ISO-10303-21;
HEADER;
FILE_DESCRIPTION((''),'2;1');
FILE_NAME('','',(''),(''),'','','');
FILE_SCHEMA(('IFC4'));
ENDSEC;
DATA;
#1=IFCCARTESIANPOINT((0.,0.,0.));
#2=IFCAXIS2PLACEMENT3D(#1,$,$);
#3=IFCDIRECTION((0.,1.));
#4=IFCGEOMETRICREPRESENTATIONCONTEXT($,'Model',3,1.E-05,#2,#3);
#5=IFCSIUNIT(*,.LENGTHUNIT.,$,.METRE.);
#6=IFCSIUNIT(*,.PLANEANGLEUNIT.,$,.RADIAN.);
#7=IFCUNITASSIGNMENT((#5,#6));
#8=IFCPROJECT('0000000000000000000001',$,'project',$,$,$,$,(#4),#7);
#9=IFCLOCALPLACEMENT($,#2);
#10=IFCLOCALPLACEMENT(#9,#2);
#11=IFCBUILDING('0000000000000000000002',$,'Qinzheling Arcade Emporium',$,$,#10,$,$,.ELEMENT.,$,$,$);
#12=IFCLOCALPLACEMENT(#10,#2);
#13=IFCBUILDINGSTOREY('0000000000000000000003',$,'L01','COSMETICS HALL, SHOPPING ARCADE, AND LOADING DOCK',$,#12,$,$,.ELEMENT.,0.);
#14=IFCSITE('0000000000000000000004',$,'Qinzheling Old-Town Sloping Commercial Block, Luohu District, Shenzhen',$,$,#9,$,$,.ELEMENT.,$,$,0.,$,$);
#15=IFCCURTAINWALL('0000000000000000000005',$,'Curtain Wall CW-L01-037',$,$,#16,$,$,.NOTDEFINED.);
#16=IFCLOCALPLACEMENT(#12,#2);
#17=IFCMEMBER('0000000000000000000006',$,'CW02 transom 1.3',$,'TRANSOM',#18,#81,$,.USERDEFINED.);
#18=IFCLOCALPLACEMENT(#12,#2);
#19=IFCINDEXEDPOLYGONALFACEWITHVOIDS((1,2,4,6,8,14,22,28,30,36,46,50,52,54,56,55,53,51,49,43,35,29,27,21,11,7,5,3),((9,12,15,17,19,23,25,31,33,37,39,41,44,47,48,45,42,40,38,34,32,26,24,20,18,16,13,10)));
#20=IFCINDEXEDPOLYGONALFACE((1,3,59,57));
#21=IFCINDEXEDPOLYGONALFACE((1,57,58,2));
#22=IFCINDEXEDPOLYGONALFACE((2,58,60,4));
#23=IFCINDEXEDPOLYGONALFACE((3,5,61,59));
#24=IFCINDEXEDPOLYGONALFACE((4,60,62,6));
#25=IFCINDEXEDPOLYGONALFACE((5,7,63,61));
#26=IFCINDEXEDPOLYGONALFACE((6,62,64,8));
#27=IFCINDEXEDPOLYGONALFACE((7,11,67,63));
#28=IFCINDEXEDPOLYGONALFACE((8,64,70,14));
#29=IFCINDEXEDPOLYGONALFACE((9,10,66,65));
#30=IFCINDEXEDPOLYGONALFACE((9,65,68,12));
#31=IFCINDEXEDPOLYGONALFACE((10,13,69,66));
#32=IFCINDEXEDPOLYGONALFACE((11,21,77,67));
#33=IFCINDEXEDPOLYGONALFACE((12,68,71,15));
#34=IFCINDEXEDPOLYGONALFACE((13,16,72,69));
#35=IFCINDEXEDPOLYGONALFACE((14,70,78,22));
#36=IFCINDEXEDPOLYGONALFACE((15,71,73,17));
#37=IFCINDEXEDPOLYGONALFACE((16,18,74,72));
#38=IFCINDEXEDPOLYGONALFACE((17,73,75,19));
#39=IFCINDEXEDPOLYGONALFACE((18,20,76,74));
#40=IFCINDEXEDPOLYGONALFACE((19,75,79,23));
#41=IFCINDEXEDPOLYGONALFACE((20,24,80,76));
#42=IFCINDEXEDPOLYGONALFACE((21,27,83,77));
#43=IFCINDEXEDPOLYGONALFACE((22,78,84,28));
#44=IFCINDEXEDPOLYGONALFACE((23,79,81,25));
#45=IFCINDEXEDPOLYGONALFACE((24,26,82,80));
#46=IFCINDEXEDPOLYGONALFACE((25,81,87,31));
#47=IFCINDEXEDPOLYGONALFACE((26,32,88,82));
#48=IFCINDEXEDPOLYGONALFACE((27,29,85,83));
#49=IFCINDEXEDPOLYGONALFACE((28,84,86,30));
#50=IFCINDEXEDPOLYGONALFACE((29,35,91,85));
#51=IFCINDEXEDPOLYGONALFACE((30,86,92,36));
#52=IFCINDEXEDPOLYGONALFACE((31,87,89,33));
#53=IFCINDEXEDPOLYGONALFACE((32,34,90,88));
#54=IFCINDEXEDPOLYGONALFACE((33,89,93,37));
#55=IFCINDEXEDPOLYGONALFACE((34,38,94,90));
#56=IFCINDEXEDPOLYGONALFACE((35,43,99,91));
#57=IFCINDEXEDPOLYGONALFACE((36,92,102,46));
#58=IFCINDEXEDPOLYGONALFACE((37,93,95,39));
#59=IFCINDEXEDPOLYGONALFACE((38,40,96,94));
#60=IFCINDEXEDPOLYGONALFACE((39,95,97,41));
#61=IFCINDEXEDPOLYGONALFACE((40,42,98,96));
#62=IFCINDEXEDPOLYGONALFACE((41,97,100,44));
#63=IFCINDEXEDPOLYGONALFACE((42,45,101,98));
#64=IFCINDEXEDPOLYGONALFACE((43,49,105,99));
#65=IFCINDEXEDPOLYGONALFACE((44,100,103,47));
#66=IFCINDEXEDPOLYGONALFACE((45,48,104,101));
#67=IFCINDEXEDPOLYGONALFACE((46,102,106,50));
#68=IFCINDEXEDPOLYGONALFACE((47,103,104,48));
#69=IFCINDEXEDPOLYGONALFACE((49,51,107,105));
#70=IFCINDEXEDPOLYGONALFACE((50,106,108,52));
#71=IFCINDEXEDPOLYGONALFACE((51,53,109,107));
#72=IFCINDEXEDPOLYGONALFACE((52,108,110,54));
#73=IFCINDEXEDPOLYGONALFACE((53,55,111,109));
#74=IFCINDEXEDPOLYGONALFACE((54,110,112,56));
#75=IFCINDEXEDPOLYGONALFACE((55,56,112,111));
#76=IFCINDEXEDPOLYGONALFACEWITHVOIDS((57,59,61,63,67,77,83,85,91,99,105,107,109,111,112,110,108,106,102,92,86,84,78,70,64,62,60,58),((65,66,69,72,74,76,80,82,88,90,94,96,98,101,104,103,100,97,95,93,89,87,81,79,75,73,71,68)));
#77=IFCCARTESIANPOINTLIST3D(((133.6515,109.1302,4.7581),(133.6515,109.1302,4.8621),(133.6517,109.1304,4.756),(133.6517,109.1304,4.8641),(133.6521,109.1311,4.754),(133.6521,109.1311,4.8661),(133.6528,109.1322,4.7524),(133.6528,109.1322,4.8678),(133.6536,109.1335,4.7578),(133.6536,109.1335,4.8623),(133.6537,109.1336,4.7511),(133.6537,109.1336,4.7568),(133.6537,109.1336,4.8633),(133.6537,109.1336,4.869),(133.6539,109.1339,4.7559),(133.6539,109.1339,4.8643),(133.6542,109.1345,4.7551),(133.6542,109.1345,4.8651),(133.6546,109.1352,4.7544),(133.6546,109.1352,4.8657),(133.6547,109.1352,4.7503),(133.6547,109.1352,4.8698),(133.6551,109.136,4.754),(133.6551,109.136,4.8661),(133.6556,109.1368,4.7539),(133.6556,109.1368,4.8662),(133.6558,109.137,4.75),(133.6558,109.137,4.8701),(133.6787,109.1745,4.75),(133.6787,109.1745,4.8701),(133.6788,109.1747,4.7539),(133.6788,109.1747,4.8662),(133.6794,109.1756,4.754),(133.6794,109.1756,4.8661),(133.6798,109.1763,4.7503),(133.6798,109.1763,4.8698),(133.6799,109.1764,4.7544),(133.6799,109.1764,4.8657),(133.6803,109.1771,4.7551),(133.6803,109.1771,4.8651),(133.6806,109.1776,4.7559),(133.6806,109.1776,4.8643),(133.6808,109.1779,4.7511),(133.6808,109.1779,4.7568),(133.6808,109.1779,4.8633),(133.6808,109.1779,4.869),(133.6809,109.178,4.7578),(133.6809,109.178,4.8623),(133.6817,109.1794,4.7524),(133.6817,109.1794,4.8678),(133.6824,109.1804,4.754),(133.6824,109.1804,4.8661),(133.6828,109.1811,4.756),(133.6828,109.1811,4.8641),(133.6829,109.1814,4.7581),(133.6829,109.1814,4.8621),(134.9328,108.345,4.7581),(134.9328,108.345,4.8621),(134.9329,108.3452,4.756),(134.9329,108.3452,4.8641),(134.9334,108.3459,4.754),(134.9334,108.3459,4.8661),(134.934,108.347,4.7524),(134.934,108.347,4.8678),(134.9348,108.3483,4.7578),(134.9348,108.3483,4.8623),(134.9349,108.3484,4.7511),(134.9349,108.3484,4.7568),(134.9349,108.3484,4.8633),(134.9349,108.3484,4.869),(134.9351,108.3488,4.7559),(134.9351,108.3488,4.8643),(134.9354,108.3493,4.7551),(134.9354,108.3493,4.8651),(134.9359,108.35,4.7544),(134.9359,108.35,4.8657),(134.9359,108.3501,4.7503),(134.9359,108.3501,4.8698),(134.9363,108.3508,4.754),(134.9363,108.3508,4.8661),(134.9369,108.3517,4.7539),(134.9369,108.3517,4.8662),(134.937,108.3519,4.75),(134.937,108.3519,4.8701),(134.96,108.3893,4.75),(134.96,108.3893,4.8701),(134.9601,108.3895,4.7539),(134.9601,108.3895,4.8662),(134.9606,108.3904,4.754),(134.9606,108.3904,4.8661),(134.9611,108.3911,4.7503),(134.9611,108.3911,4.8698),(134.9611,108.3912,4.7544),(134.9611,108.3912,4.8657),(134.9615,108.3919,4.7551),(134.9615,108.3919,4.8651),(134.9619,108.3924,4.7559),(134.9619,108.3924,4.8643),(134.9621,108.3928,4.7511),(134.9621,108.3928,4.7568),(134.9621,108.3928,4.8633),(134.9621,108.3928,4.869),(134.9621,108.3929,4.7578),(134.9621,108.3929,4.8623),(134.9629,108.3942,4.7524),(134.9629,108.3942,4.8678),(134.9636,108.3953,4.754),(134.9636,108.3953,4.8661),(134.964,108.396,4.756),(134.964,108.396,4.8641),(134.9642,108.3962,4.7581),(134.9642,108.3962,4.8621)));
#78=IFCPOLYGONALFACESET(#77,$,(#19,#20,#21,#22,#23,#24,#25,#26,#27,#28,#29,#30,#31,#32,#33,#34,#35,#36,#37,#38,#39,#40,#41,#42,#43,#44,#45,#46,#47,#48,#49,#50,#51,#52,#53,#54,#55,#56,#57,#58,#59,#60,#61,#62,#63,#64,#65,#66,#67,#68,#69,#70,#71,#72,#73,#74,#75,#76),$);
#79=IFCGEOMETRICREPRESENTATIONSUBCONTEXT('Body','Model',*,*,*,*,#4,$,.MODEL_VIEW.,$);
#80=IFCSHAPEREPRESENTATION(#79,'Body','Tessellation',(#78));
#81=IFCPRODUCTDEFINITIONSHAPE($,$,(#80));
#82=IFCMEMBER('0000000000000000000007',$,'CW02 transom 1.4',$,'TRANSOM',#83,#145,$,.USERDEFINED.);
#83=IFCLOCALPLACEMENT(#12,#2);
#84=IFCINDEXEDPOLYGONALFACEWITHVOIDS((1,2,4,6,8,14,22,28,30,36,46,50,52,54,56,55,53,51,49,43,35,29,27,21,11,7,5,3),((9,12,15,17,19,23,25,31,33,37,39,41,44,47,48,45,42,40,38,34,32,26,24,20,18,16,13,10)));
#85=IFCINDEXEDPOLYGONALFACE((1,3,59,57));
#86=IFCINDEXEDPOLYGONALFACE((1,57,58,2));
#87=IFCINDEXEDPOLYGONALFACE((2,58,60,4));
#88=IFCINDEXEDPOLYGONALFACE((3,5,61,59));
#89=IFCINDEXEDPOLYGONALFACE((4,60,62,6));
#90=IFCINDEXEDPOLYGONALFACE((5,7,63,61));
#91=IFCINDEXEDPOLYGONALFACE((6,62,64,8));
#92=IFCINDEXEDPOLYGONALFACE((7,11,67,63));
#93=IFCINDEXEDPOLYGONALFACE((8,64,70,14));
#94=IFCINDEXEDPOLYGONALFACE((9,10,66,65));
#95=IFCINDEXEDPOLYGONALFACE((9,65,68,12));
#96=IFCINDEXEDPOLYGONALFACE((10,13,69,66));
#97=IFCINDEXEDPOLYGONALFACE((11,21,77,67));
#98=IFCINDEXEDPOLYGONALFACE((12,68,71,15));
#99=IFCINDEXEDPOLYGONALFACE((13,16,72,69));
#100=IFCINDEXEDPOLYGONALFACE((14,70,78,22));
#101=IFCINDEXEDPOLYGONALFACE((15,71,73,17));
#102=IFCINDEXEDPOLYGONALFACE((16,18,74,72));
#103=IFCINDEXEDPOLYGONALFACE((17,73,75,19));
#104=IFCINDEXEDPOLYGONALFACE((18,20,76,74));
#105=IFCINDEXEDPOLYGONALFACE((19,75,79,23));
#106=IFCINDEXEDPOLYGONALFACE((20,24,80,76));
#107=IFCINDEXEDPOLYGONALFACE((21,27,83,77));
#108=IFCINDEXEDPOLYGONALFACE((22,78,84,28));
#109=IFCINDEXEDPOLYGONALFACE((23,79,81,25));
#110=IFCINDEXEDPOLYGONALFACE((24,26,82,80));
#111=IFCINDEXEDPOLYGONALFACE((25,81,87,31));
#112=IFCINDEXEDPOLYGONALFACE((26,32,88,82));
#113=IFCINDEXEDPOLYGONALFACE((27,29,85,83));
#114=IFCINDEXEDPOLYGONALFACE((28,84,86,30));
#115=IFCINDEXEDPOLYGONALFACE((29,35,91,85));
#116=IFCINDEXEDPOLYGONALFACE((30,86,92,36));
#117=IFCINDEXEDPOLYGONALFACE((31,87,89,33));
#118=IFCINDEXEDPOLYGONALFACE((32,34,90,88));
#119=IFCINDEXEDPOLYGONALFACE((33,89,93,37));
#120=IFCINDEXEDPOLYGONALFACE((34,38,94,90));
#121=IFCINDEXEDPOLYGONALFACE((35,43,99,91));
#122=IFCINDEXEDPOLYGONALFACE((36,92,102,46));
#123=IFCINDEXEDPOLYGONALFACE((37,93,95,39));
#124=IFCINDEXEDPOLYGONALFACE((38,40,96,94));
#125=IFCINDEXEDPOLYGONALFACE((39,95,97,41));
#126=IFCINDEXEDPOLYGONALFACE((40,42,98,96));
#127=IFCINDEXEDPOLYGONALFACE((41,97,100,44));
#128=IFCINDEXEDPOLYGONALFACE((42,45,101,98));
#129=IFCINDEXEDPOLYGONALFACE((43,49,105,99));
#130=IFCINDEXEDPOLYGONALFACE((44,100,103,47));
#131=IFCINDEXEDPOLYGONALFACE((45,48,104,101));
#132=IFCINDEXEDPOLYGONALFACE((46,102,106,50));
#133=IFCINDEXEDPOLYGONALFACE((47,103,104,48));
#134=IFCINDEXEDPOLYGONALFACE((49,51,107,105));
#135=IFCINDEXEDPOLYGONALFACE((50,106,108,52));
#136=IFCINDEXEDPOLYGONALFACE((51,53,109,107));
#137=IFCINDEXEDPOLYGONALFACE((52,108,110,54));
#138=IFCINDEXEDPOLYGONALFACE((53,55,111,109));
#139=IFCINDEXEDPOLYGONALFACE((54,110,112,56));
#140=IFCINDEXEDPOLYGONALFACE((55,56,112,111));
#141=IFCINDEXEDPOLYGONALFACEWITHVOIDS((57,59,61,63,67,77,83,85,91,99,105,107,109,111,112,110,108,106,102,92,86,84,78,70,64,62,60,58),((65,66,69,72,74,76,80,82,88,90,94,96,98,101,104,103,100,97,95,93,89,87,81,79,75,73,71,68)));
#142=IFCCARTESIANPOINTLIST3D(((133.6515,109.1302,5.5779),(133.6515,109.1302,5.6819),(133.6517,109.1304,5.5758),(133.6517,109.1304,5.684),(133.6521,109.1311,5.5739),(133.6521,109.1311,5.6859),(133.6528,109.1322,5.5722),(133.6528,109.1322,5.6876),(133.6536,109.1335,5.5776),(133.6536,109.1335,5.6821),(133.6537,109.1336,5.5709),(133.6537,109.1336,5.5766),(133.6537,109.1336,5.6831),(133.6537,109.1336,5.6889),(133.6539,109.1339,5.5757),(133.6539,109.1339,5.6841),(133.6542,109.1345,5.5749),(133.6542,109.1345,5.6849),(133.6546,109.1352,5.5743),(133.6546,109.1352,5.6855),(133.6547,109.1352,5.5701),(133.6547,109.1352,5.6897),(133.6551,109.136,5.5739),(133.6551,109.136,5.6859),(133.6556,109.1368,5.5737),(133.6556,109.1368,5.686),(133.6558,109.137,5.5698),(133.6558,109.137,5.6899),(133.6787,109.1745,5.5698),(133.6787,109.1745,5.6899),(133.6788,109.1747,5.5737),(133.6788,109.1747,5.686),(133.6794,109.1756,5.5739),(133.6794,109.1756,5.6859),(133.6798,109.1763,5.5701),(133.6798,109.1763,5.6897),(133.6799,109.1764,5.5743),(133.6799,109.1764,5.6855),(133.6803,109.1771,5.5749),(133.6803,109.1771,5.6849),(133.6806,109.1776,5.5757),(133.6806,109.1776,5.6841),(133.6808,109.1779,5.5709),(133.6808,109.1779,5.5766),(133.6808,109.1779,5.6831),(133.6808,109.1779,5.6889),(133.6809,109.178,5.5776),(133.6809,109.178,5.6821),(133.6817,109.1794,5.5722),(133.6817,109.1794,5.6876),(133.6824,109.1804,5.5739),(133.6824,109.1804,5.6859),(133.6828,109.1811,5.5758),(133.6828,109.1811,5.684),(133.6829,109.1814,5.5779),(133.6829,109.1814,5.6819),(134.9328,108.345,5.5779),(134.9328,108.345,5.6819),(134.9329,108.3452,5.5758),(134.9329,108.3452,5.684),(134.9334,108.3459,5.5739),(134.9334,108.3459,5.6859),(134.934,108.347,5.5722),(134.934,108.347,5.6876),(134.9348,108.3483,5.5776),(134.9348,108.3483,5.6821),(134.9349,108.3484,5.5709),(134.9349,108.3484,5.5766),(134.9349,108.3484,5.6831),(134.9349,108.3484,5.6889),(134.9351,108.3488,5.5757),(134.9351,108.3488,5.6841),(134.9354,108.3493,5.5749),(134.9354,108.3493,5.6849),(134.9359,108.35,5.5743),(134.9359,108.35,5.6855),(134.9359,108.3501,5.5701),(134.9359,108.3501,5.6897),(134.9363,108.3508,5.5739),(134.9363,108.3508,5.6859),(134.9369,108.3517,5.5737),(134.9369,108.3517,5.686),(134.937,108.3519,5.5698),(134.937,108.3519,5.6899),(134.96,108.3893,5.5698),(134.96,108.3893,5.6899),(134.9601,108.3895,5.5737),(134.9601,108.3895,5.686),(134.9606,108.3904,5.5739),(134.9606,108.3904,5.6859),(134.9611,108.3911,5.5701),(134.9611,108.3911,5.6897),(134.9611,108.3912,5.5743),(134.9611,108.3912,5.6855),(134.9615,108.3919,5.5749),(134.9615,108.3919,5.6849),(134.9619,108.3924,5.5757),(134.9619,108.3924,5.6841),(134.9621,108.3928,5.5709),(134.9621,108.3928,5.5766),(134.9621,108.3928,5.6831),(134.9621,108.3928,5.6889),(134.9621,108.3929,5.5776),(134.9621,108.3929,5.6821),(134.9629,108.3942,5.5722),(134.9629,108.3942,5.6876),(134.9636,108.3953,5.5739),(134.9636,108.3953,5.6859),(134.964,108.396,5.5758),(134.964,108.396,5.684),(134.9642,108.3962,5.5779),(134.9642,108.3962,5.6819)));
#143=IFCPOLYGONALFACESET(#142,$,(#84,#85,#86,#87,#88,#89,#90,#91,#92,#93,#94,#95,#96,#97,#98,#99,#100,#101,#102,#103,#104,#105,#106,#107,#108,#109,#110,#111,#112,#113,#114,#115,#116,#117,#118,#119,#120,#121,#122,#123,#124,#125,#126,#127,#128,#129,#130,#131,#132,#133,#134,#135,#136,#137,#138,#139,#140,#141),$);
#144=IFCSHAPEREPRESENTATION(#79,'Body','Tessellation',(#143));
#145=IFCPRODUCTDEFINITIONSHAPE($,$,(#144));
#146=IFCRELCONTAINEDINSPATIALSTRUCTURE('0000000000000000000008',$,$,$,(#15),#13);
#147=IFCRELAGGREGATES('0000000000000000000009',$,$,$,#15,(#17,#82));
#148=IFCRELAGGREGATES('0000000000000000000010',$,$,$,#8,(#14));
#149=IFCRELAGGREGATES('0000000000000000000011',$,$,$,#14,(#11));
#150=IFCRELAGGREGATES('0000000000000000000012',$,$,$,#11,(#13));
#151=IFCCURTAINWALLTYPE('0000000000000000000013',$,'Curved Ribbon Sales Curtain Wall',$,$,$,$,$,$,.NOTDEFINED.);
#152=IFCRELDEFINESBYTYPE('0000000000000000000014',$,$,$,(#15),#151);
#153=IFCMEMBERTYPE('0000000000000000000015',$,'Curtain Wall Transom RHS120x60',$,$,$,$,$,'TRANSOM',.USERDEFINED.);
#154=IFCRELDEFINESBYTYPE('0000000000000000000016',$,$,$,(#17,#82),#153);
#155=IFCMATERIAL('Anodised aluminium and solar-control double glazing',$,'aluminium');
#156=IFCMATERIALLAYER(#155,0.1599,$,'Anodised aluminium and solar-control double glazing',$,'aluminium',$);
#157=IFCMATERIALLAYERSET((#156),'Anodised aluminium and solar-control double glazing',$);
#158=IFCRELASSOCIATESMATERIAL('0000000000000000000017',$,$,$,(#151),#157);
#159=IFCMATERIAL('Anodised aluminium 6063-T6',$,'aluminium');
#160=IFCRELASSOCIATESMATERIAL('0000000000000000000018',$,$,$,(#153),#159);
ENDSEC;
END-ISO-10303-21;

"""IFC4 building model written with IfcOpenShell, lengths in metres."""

from ifc_helpers import new_model, si_unit, direction, frame, origin, origin_2d, place, context, subcontext, project, spatial, hollow_rectangle, extrude, material, layer, layer_set, material_profile, profile_set, type_object, element, aggregate, save


model = new_model("IFC4")

# Units and contexts
model_context = context("Model", 3, precision=1e-05, world=origin(), true_north=direction((0.0, 1.0)))
body_context = subcontext(model_context, "Body", "Model", "MODEL_VIEW")
ifc_project = project(units=[si_unit("LENGTHUNIT", "METRE"), si_unit("PLANEANGLEUNIT", "RADIAN")], contexts=[model_context])

# Site, building, storey
site_placement = place(None, origin())
site = spatial("IfcSite", under=ifc_project, at=site_placement, Name="Qinzheling Old-Town Sloping Commercial Block, Luohu District, Shenzhen", CompositionType="ELEMENT", RefElevation=0.0)
building_placement = place(site_placement, origin())
building = spatial("IfcBuilding", under=site, at=building_placement, Name="Qinzheling Arcade Emporium", CompositionType="ELEMENT")
storey_placement = place(building_placement, origin())
storey = spatial("IfcBuildingStorey", under=building, at=storey_placement, Name="L01", Description="COSMETICS HALL, SHOPPING ARCADE, AND LOADING DOCK", CompositionType="ELEMENT", Elevation=0.0)

# Curtain wall
ifc_material_1 = material(Name="Anodised aluminium and solar-control double glazing", Category="aluminium")
ifc_layer_1 = layer(ifc_material_1, 0.1599, Name="Anodised aluminium and solar-control double glazing", Category="aluminium")
ifc_layer_set_1 = layer_set([ifc_layer_1], Name="Anodised aluminium and solar-control double glazing")
curtain_wall_type = type_object("IfcCurtainWallType", Name="Curved Ribbon Sales Curtain Wall", PredefinedType="NOTDEFINED", material=ifc_layer_set_1)
curtain_wall_1_placement = place(storey_placement, origin())
curtain_wall_1 = element("IfcCurtainWall", 1, at=curtain_wall_1_placement, inside=storey, type_object=curtain_wall_type, Name="Curtain Wall CW-L01-037", PredefinedType="NOTDEFINED")
ifc_material_2 = material(Name="Anodised aluminium 6063-T6", Category="aluminium")

# Members
ifc_material_profile_1 = material_profile(ifc_material_2, hollow_rectangle(XDim=0.0601, YDim=0.1201, WallThickness=0.0039, InnerFilletRadius=0.0039, OuterFilletRadius=0.0081, at=origin_2d()), Name="RHS 120x60x4", Category="aluminium")
ifc_profile_set_1 = profile_set([ifc_material_profile_1], Name="Anodised aluminium 6063-T6")
member_type_1 = type_object("IfcMemberType", Name="Curtain Wall Transom RHS120x60", ElementType="TRANSOM", PredefinedType="USERDEFINED", material=ifc_profile_set_1)
member_1_placement = place(storey_placement, frame((133.6672, 109.1558, 4.8101), z_axis=(0.852639, -0.522501, 0.0), x_axis=(0.522501, 0.852639, 0.0)))
member_1 = element("IfcMember", 2, at=member_1_placement, type_object=member_type_1, Name="CW02 transom 1.3", ObjectType="TRANSOM", PredefinedType="USERDEFINED", context=body_context, shape_type="SweptSolid", body=[
    extrude(hollow_rectangle(XDim=0.0601, YDim=0.1201, WallThickness=0.0039, InnerFilletRadius=0.0039, OuterFilletRadius=0.0081, at=origin_2d()), origin(), (0.0, 0.0, 1.0), 1.5027),
])
member_2_placement = place(storey_placement, frame((133.6672, 109.1558, 5.6299), z_axis=(0.852639, -0.522501, 0.0), x_axis=(0.522501, 0.852639, 0.0)))
member_2 = element("IfcMember", 3, at=member_2_placement, type_object=member_type_1, Name="CW02 transom 1.4", ObjectType="TRANSOM", PredefinedType="USERDEFINED", context=body_context, shape_type="SweptSolid", body=[
    extrude(hollow_rectangle(XDim=0.0601, YDim=0.1201, WallThickness=0.0039, InnerFilletRadius=0.0039, OuterFilletRadius=0.0081, at=origin_2d()), origin(), (0.0, 0.0, 1.0), 1.5027),
])

aggregate(curtain_wall_1, [member_1, member_2])

save(model, "model.ifc")
